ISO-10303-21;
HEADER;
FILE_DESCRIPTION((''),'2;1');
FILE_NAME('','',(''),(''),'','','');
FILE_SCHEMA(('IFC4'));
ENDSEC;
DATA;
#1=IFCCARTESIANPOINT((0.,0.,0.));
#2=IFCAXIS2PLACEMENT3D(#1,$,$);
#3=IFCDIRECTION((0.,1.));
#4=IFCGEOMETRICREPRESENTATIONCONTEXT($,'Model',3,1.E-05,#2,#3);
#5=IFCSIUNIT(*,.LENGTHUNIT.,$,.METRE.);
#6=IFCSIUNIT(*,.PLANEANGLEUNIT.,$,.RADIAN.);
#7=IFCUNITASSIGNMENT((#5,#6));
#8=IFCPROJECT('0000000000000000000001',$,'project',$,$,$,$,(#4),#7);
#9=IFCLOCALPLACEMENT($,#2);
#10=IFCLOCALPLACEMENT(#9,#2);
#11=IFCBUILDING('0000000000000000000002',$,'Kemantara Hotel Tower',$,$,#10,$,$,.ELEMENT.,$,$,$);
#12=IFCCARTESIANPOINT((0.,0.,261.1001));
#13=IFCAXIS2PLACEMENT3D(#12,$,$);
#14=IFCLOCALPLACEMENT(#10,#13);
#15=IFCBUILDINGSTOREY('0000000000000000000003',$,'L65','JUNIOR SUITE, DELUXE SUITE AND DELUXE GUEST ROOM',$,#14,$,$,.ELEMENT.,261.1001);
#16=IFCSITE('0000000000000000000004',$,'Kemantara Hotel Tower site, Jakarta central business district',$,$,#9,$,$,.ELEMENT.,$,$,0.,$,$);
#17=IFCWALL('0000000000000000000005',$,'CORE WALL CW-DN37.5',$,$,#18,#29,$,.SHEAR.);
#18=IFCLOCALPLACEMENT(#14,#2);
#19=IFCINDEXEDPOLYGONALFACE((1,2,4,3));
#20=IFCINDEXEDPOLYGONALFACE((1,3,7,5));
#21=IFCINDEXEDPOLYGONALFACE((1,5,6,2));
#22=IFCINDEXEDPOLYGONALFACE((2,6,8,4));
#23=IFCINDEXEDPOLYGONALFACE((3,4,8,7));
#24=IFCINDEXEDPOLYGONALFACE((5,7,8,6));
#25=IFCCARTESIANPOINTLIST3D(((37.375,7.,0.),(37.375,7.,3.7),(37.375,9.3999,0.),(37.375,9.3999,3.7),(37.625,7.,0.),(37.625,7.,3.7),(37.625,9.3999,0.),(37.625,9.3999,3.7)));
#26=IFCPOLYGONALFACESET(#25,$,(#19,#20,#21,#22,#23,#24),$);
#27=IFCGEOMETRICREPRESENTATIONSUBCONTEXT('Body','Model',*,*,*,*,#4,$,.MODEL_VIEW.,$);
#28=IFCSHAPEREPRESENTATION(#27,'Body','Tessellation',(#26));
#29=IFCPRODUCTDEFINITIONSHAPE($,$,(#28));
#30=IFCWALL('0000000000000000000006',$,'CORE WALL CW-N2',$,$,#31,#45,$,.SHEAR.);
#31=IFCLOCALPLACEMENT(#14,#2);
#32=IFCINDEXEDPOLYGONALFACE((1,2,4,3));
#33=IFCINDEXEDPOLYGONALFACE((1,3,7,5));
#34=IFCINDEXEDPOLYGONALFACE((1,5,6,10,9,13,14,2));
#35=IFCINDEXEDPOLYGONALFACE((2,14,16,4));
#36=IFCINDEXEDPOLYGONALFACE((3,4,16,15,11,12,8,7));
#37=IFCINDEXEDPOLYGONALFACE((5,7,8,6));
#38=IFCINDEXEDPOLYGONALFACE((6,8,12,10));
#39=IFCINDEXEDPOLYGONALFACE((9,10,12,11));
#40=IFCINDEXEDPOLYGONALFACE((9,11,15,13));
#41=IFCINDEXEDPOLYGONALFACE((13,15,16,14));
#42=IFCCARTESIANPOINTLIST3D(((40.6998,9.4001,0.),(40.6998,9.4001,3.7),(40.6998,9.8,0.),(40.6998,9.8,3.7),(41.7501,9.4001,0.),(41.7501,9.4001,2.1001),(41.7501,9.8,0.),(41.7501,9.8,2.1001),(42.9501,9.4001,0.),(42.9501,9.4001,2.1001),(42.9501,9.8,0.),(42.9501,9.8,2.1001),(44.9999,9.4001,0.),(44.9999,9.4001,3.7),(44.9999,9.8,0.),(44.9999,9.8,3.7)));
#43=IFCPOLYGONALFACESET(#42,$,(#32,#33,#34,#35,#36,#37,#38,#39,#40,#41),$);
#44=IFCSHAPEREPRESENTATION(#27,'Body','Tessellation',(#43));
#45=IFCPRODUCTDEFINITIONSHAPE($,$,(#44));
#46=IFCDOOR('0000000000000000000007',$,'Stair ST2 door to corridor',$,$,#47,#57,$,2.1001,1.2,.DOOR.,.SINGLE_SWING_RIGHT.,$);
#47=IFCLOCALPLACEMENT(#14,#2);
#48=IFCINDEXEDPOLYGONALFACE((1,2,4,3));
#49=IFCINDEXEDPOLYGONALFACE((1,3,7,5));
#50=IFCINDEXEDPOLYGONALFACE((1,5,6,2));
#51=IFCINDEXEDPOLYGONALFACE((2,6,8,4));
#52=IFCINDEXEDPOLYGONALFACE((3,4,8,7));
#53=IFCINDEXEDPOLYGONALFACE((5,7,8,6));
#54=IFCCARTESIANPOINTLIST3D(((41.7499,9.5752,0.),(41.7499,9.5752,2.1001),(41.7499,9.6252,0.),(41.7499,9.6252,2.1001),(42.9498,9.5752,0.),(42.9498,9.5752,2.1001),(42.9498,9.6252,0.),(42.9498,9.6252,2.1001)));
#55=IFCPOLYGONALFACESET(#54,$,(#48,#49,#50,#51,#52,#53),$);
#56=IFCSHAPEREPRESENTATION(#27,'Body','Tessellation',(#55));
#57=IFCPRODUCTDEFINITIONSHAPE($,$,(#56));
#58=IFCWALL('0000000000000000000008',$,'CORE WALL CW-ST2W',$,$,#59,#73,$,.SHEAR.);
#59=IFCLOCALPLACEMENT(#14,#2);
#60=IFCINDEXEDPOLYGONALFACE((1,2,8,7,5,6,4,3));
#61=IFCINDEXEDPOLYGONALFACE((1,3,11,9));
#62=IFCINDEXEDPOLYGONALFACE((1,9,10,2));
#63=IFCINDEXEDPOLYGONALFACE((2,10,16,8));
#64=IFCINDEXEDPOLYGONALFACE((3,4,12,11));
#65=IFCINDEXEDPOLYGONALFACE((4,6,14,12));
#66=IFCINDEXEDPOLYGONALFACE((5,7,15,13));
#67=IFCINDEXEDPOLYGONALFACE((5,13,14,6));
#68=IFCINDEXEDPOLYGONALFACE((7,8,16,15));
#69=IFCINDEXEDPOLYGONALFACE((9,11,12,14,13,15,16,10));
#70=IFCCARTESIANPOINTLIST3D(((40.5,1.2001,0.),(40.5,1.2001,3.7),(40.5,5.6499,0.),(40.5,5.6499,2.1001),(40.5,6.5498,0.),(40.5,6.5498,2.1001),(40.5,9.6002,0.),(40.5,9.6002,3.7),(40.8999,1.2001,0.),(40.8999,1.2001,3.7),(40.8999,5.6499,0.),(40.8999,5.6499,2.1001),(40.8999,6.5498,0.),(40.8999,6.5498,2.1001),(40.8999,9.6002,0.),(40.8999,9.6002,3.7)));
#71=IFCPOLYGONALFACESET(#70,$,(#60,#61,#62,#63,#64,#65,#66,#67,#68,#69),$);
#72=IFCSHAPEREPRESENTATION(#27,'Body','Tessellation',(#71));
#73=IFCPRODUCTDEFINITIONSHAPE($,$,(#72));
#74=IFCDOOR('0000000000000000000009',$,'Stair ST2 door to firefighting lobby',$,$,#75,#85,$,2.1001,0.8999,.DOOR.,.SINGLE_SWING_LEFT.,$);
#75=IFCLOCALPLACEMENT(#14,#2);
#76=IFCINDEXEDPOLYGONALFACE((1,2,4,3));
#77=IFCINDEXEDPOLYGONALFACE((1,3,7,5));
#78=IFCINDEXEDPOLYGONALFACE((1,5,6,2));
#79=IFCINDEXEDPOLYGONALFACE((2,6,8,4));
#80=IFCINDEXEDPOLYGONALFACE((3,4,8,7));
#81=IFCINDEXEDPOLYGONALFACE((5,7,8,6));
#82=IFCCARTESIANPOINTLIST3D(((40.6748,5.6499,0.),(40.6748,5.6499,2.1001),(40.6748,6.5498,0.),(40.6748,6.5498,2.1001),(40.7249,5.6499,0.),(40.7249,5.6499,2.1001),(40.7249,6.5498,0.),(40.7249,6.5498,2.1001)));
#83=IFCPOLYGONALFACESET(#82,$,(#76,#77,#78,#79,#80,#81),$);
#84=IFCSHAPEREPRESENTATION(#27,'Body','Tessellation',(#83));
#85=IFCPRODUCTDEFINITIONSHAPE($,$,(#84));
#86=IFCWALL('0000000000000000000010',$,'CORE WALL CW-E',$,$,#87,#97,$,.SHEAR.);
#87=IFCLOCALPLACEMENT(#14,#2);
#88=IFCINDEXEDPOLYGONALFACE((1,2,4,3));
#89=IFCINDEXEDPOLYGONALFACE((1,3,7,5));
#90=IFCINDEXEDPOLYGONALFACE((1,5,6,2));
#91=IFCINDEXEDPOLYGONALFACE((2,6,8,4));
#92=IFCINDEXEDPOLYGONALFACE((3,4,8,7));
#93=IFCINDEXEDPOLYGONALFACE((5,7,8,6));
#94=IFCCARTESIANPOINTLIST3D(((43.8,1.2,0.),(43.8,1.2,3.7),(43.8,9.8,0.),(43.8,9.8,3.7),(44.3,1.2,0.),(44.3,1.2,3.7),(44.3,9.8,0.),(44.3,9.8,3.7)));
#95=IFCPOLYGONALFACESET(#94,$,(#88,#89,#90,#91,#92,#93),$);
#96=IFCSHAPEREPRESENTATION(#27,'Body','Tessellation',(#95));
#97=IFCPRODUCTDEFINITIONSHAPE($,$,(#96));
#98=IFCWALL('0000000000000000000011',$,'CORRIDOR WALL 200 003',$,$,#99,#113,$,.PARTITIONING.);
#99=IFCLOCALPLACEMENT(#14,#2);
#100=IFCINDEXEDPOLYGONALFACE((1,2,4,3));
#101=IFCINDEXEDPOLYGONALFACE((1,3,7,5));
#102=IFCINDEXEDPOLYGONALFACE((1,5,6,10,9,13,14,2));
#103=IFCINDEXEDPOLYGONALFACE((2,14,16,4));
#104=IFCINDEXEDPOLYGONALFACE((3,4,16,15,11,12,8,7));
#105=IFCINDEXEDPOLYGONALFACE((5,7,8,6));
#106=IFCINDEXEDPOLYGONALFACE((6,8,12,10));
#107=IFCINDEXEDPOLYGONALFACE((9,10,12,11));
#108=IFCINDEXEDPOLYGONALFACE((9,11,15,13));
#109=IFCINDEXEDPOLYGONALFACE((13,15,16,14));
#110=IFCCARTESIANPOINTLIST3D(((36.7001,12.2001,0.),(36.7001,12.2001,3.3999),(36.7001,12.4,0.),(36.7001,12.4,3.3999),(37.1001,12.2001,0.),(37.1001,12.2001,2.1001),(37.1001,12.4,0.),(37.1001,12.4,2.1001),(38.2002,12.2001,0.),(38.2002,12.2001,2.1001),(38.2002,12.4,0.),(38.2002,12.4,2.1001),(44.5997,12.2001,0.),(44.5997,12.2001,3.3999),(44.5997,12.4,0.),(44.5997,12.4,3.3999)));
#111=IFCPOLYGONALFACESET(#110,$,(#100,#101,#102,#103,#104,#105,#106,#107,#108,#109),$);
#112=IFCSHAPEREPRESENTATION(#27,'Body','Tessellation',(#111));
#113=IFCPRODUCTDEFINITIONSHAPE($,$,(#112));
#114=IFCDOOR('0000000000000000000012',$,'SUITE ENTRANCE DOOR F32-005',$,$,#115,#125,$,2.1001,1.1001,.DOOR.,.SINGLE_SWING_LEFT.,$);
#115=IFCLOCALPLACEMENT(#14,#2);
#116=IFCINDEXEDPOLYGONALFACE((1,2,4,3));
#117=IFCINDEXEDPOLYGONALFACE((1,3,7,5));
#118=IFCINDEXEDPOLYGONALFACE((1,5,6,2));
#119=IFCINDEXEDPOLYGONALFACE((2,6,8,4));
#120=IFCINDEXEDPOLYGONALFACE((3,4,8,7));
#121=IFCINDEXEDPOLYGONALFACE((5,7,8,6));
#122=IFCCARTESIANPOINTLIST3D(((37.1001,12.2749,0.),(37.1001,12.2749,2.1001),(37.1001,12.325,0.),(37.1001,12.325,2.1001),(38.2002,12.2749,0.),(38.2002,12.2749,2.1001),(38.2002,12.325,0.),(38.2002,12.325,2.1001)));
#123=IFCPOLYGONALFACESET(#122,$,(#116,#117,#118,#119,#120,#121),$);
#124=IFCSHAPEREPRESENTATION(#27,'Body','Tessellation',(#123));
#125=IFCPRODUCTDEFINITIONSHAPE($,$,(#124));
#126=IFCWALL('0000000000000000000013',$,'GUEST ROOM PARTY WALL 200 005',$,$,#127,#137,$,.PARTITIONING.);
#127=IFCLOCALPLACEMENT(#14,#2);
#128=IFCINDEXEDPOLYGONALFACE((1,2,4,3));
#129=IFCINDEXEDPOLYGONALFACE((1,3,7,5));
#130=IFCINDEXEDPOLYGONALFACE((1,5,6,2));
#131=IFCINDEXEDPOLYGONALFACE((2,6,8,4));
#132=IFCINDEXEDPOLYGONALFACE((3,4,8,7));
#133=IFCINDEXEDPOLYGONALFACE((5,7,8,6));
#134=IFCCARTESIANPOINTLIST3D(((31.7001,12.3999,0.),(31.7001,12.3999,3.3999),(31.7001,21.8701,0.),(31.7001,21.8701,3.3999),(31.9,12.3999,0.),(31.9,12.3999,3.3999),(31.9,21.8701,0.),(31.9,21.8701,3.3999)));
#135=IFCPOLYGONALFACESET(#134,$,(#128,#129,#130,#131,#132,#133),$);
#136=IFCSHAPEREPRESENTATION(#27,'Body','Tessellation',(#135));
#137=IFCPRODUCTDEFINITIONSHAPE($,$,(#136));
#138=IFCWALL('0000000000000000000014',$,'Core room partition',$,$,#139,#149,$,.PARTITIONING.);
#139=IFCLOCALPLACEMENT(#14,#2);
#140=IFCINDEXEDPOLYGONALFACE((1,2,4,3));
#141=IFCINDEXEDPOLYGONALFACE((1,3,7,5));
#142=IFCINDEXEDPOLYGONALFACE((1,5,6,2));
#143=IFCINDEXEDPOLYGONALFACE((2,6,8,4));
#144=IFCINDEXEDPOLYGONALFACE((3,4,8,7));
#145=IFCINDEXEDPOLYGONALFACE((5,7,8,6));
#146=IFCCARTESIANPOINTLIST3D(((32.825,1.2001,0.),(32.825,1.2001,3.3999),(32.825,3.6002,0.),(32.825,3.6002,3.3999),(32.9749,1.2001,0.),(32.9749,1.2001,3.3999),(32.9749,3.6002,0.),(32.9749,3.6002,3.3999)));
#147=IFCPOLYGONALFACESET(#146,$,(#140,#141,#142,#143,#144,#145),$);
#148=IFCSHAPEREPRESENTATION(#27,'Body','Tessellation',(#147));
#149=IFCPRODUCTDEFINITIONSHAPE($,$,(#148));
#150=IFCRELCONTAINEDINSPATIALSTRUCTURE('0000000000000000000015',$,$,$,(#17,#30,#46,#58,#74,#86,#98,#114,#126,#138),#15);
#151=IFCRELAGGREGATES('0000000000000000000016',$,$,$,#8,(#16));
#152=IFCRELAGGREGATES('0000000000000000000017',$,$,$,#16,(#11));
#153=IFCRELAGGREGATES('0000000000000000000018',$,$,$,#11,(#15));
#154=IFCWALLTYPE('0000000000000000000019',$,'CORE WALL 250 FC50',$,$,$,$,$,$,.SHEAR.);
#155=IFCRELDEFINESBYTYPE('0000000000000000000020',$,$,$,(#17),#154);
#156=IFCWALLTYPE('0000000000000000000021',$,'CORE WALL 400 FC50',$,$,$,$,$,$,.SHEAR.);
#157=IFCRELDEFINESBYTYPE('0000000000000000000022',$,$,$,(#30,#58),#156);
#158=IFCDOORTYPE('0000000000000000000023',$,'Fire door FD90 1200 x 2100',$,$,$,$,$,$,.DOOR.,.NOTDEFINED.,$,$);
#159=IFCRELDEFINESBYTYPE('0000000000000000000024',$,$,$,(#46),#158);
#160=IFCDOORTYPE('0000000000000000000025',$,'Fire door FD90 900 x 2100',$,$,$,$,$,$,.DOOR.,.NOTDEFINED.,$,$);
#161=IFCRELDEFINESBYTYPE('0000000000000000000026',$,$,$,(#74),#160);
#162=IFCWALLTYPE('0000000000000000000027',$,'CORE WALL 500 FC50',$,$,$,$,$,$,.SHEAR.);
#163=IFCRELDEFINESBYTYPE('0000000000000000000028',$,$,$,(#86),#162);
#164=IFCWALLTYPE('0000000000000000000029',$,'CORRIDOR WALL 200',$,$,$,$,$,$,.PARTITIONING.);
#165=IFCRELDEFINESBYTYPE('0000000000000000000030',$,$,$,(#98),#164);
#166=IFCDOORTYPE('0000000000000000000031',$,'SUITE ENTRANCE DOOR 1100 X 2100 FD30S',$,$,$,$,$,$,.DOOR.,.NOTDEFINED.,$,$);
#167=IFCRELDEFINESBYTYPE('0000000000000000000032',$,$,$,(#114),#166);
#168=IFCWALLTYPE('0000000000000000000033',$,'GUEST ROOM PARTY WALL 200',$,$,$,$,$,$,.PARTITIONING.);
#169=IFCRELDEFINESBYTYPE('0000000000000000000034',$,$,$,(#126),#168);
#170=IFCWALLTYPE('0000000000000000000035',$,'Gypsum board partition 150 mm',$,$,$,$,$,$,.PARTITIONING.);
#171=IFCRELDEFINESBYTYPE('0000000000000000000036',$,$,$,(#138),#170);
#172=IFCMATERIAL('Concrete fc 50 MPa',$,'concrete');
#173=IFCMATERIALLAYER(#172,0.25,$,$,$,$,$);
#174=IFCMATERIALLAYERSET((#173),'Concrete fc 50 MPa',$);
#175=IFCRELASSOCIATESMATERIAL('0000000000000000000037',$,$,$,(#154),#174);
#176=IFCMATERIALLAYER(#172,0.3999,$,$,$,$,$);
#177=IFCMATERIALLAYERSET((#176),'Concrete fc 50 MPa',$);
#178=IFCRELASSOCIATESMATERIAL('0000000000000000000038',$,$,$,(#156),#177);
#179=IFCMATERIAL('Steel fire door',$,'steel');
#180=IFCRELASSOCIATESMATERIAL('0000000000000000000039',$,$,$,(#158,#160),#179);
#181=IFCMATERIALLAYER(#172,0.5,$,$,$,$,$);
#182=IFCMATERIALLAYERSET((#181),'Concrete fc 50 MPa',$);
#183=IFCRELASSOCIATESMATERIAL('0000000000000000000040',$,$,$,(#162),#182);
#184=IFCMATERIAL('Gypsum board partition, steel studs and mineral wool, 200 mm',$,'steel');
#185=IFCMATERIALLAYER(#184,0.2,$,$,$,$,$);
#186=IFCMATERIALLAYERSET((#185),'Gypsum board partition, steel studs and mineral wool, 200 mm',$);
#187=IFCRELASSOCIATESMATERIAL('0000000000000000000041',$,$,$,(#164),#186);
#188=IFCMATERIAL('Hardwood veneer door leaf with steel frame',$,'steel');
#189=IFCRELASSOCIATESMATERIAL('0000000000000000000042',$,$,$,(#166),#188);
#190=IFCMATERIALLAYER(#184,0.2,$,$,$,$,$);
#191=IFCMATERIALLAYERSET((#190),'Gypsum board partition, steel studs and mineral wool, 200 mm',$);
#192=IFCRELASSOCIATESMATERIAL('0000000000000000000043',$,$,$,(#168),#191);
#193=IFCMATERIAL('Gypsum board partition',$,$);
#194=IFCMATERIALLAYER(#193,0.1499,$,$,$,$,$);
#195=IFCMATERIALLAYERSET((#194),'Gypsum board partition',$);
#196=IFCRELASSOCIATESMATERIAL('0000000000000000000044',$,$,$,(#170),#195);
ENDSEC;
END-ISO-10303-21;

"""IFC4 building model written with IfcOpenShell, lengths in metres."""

from ifc_helpers import new_model, si_unit, direction, frame, frame_2d, origin, place, context, subcontext, project, spatial, rectangle, extrude, material, layer, layer_set, type_object, element, fill, save


model = new_model("IFC4")

# Units and contexts
model_context = context("Model", 3, precision=1e-05, world=origin(), true_north=direction((0.0, 1.0)))
body_context = subcontext(model_context, "Body", "Model", "MODEL_VIEW")
ifc_project = project(units=[si_unit("LENGTHUNIT", "METRE"), si_unit("PLANEANGLEUNIT", "RADIAN")], contexts=[model_context])

# Site, building, storey
site_placement = place(None, origin())
site = spatial("IfcSite", under=ifc_project, at=site_placement, Name="Kemantara Hotel Tower site, Jakarta central business district", CompositionType="ELEMENT", RefElevation=0.0)
building_placement = place(site_placement, origin())
building = spatial("IfcBuilding", under=site, at=building_placement, Name="Kemantara Hotel Tower", CompositionType="ELEMENT")
storey_placement = place(building_placement, frame((0.0, 0.0, 261.1001)))
storey = spatial("IfcBuildingStorey", under=building, at=storey_placement, Name="L65", Description="JUNIOR SUITE, DELUXE SUITE AND DELUXE GUEST ROOM", CompositionType="ELEMENT", Elevation=261.1001)

# Shared definitions
ifc_material_1 = material(Name="Concrete fc 50 MPa", Category="concrete")

# Wall
ifc_layer_1 = layer(ifc_material_1, 0.25)
ifc_layer_set_1 = layer_set([ifc_layer_1], Name="Concrete fc 50 MPa")
wall_type_1 = type_object("IfcWallType", Name="CORE WALL 250 FC50", PredefinedType="SHEAR", material=ifc_layer_set_1)
for number, where, z_axis, x_axis, name in (
    (1, (37.5, 7.0, 0.0), (0.0, 0.0, 1.0), (0.0, 1.0, 0.0), "CORE WALL CW-DN37.5"),
):
    element("IfcWall", number, at=place(storey_placement, frame(where, z_axis=z_axis, x_axis=x_axis)), inside=storey, type_object=wall_type_1, Name=name, PredefinedType="SHEAR", context=body_context, shape_type="SweptSolid", body=[
        extrude(rectangle(XDim=2.3999, YDim=0.25, at=frame_2d((1.2, 0.0))), origin(), (0.0, 0.0, 1.0), 3.7),
    ])

# Walls, openings, doors
ifc_layer_2 = layer(ifc_material_1, 0.3999)
ifc_layer_set_2 = layer_set([ifc_layer_2], Name="Concrete fc 50 MPa")
wall_type_2 = type_object("IfcWallType", Name="CORE WALL 400 FC50", PredefinedType="SHEAR", material=ifc_layer_set_2)
wall_1_placement = place(storey_placement, frame((40.7, 9.6001, 0.0), z_axis=(0.0, 0.0, 1.0), x_axis=(1.0, 0.0, 0.0)))
wall_1 = element("IfcWall", 2, at=wall_1_placement, inside=storey, type_object=wall_type_2, Name="CORE WALL CW-N2", PredefinedType="SHEAR", context=body_context, shape_type="SweptSolid", body=[
    extrude(rectangle(XDim=4.3, YDim=0.3999, at=frame_2d((2.1499, 0.0))), origin(), (0.0, 0.0, 1.0), 3.7),
])
opening_1_placement = place(wall_1_placement, frame((1.05, 0.0, 0.0)))
opening_1 = element("IfcOpeningElement", 3, at=opening_1_placement, cuts=wall_1, PredefinedType="OPENING", context=body_context, shape_type="SweptSolid", body=[
    extrude(rectangle(XDim=1.2, YDim=2.1001, at=frame_2d((0.6001, 1.05))), frame((0.0, 0.21, 0.0), z_axis=(0.0, -1.0, 0.0), x_axis=(1.0, 0.0, 0.0)), (0.0, 0.0, 1.0), 0.4199),
])
ifc_material_2 = material(Name="Steel fire door", Category="steel")
door_type_1 = type_object("IfcDoorType", Name="Fire door FD90 1200 x 2100", OperationType="NOTDEFINED", PredefinedType="DOOR", material=ifc_material_2)
door_1_placement = place(opening_1_placement, frame((1.2, 0.0, 0.0), z_axis=(0.0, 0.0, 1.0), x_axis=(-1.0, 0.0, 0.0)))
door_1 = element("IfcDoor", 4, at=door_1_placement, inside=storey, type_object=door_type_1, Name="Stair ST2 door to corridor", OperationType="SINGLE_SWING_RIGHT", OverallHeight=2.1001, OverallWidth=1.2, PredefinedType="DOOR", context=body_context, shape_type="SweptSolid", body=[
    extrude(rectangle(XDim=1.2, YDim=2.1001, at=frame_2d((0.6001, 1.05))), frame((0.0, 0.0249, 0.0), z_axis=(0.0, -1.0, 0.0), x_axis=(1.0, 0.0, 0.0)), (0.0, 0.0, 1.0), 0.05),
])
fill(opening_1, door_1)
wall_2_placement = place(storey_placement, frame((40.7, 1.2, 0.0), z_axis=(0.0, 0.0, 1.0), x_axis=(0.0, 1.0, 0.0)))
wall_2 = element("IfcWall", 5, at=wall_2_placement, inside=storey, type_object=wall_type_2, Name="CORE WALL CW-ST2W", PredefinedType="SHEAR", context=body_context, shape_type="SweptSolid", body=[
    extrude(rectangle(XDim=8.4001, YDim=0.3999, at=frame_2d((4.2002, 0.0))), origin(), (0.0, 0.0, 1.0), 3.7),
])
opening_2_placement = place(wall_2_placement, frame((4.45, 0.0, 0.0)))
opening_2 = element("IfcOpeningElement", 6, at=opening_2_placement, cuts=wall_2, PredefinedType="OPENING", context=body_context, shape_type="SweptSolid", body=[
    extrude(rectangle(XDim=0.8999, YDim=2.1001, at=frame_2d((0.45, 1.05))), frame((0.0, 0.21, 0.0), z_axis=(0.0, -1.0, 0.0), x_axis=(1.0, 0.0, 0.0)), (0.0, 0.0, 1.0), 0.4199),
])
door_type_2 = type_object("IfcDoorType", Name="Fire door FD90 900 x 2100", OperationType="NOTDEFINED", PredefinedType="DOOR", material=ifc_material_2)
door_2_placement = place(opening_2_placement, frame((0.8999, 0.0, 0.0), z_axis=(0.0, 0.0, 1.0), x_axis=(-1.0, 0.0, 0.0)))
door_2 = element("IfcDoor", 7, at=door_2_placement, inside=storey, type_object=door_type_2, Name="Stair ST2 door to firefighting lobby", OperationType="SINGLE_SWING_LEFT", OverallHeight=2.1001, OverallWidth=0.8999, PredefinedType="DOOR", context=body_context, shape_type="SweptSolid", body=[
    extrude(rectangle(XDim=0.8999, YDim=2.1001, at=frame_2d((0.45, 1.05))), frame((0.0, 0.0249, 0.0), z_axis=(0.0, -1.0, 0.0), x_axis=(1.0, 0.0, 0.0)), (0.0, 0.0, 1.0), 0.05),
])
fill(opening_2, door_2)

# Wall
ifc_layer_3 = layer(ifc_material_1, 0.5)
ifc_layer_set_3 = layer_set([ifc_layer_3], Name="Concrete fc 50 MPa")
wall_type_3 = type_object("IfcWallType", Name="CORE WALL 500 FC50", PredefinedType="SHEAR", material=ifc_layer_set_3)
wall_3_placement = place(storey_placement, frame((44.05, 1.2, 0.0), z_axis=(0.0, 0.0, 1.0), x_axis=(0.0, 1.0, 0.0)))
element("IfcWall", 8, at=wall_3_placement, inside=storey, type_object=wall_type_3, Name="CORE WALL CW-E", PredefinedType="SHEAR", context=body_context, shape_type="SweptSolid", body=[
    extrude(rectangle(XDim=8.6001, YDim=0.5, at=frame_2d((4.3, 0.0))), origin(), (0.0, 0.0, 1.0), 3.7),
])

# Wall, opening, door
ifc_material_3 = material(Name="Gypsum board partition, steel studs and mineral wool, 200 mm", Category="steel")
ifc_layer_4 = layer(ifc_material_3, 0.2)
ifc_layer_set_4 = layer_set([ifc_layer_4], Name="Gypsum board partition, steel studs and mineral wool, 200 mm")
wall_type_4 = type_object("IfcWallType", Name="CORRIDOR WALL 200", PredefinedType="PARTITIONING", material=ifc_layer_set_4)
wall_4_placement = place(storey_placement, frame((36.7002, 12.3, 0.0), z_axis=(0.0, 0.0, 1.0), x_axis=(1.0, 0.0, 0.0)))
wall_4 = element("IfcWall", 9, at=wall_4_placement, inside=storey, type_object=wall_type_4, Name="CORRIDOR WALL 200 003", PredefinedType="PARTITIONING", context=body_context, shape_type="SweptSolid", body=[
    extrude(rectangle(XDim=7.8997, YDim=0.2, at=frame_2d((3.9497, 0.0))), origin(), (0.0, 0.0, 1.0), 3.3999),
])
opening_3_placement = place(wall_4_placement, frame((0.3999, 0.0, 0.0)))
opening_3 = element("IfcOpeningElement", 10, at=opening_3_placement, cuts=wall_4, PredefinedType="OPENING", context=body_context, shape_type="SweptSolid", body=[
    extrude(rectangle(XDim=1.1001, YDim=2.1001, at=frame_2d((0.55, 1.05))), frame((0.0, 0.1099, 0.0), z_axis=(0.0, -1.0, 0.0), x_axis=(1.0, 0.0, 0.0)), (0.0, 0.0, 1.0), 0.22),
])
ifc_material_4 = material(Name="Hardwood veneer door leaf with steel frame", Category="steel")
door_type_3 = type_object("IfcDoorType", Name="SUITE ENTRANCE DOOR 1100 X 2100 FD30S", OperationType="NOTDEFINED", PredefinedType="DOOR", material=ifc_material_4)
door_3_placement = place(opening_3_placement, origin())
door_3 = element("IfcDoor", 11, at=door_3_placement, inside=storey, type_object=door_type_3, Name="SUITE ENTRANCE DOOR F32-005", OperationType="SINGLE_SWING_LEFT", OverallHeight=2.1001, OverallWidth=1.1001, PredefinedType="DOOR", context=body_context, shape_type="SweptSolid", body=[
    extrude(rectangle(XDim=1.1001, YDim=2.1001, at=frame_2d((0.55, 1.05))), frame((0.0, 0.0249, 0.0), z_axis=(0.0, -1.0, 0.0), x_axis=(1.0, 0.0, 0.0)), (0.0, 0.0, 1.0), 0.05),
])
fill(opening_3, door_3)

# Walls
ifc_layer_5 = layer(ifc_material_3, 0.2)
ifc_layer_set_5 = layer_set([ifc_layer_5], Name="Gypsum board partition, steel studs and mineral wool, 200 mm")
wall_type_5 = type_object("IfcWallType", Name="GUEST ROOM PARTY WALL 200", PredefinedType="PARTITIONING", material=ifc_layer_set_5)
wall_5_placement = place(storey_placement, frame((31.8, 12.3999, 0.0), z_axis=(0.0, 0.0, 1.0), x_axis=(0.0, 1.0, 0.0)))
element("IfcWall", 12, at=wall_5_placement, inside=storey, type_object=wall_type_5, Name="GUEST ROOM PARTY WALL 200 005", PredefinedType="PARTITIONING", context=body_context, shape_type="SweptSolid", body=[
    extrude(rectangle(XDim=9.4702, YDim=0.2, at=frame_2d((4.7351, 0.0))), origin(), (0.0, 0.0, 1.0), 3.3999),
])
ifc_material_5 = material(Name="Gypsum board partition")
ifc_layer_6 = layer(ifc_material_5, 0.1499)
ifc_layer_set_6 = layer_set([ifc_layer_6], Name="Gypsum board partition")
wall_type_6 = type_object("IfcWallType", Name="Gypsum board partition 150 mm", PredefinedType="PARTITIONING", material=ifc_layer_set_6)
wall_6_placement = place(storey_placement, frame((32.8999, 1.2, 0.0), z_axis=(0.0, 0.0, 1.0), x_axis=(0.0, 1.0, 0.0)))
element("IfcWall", 13, at=wall_6_placement, inside=storey, type_object=wall_type_6, Name="Core room partition", PredefinedType="PARTITIONING", context=body_context, shape_type="SweptSolid", body=[
    extrude(rectangle(XDim=2.4001, YDim=0.1499, at=frame_2d((1.2002, 0.0))), origin(), (0.0, 0.0, 1.0), 3.3999),
])

save(model, "model.ifc")
